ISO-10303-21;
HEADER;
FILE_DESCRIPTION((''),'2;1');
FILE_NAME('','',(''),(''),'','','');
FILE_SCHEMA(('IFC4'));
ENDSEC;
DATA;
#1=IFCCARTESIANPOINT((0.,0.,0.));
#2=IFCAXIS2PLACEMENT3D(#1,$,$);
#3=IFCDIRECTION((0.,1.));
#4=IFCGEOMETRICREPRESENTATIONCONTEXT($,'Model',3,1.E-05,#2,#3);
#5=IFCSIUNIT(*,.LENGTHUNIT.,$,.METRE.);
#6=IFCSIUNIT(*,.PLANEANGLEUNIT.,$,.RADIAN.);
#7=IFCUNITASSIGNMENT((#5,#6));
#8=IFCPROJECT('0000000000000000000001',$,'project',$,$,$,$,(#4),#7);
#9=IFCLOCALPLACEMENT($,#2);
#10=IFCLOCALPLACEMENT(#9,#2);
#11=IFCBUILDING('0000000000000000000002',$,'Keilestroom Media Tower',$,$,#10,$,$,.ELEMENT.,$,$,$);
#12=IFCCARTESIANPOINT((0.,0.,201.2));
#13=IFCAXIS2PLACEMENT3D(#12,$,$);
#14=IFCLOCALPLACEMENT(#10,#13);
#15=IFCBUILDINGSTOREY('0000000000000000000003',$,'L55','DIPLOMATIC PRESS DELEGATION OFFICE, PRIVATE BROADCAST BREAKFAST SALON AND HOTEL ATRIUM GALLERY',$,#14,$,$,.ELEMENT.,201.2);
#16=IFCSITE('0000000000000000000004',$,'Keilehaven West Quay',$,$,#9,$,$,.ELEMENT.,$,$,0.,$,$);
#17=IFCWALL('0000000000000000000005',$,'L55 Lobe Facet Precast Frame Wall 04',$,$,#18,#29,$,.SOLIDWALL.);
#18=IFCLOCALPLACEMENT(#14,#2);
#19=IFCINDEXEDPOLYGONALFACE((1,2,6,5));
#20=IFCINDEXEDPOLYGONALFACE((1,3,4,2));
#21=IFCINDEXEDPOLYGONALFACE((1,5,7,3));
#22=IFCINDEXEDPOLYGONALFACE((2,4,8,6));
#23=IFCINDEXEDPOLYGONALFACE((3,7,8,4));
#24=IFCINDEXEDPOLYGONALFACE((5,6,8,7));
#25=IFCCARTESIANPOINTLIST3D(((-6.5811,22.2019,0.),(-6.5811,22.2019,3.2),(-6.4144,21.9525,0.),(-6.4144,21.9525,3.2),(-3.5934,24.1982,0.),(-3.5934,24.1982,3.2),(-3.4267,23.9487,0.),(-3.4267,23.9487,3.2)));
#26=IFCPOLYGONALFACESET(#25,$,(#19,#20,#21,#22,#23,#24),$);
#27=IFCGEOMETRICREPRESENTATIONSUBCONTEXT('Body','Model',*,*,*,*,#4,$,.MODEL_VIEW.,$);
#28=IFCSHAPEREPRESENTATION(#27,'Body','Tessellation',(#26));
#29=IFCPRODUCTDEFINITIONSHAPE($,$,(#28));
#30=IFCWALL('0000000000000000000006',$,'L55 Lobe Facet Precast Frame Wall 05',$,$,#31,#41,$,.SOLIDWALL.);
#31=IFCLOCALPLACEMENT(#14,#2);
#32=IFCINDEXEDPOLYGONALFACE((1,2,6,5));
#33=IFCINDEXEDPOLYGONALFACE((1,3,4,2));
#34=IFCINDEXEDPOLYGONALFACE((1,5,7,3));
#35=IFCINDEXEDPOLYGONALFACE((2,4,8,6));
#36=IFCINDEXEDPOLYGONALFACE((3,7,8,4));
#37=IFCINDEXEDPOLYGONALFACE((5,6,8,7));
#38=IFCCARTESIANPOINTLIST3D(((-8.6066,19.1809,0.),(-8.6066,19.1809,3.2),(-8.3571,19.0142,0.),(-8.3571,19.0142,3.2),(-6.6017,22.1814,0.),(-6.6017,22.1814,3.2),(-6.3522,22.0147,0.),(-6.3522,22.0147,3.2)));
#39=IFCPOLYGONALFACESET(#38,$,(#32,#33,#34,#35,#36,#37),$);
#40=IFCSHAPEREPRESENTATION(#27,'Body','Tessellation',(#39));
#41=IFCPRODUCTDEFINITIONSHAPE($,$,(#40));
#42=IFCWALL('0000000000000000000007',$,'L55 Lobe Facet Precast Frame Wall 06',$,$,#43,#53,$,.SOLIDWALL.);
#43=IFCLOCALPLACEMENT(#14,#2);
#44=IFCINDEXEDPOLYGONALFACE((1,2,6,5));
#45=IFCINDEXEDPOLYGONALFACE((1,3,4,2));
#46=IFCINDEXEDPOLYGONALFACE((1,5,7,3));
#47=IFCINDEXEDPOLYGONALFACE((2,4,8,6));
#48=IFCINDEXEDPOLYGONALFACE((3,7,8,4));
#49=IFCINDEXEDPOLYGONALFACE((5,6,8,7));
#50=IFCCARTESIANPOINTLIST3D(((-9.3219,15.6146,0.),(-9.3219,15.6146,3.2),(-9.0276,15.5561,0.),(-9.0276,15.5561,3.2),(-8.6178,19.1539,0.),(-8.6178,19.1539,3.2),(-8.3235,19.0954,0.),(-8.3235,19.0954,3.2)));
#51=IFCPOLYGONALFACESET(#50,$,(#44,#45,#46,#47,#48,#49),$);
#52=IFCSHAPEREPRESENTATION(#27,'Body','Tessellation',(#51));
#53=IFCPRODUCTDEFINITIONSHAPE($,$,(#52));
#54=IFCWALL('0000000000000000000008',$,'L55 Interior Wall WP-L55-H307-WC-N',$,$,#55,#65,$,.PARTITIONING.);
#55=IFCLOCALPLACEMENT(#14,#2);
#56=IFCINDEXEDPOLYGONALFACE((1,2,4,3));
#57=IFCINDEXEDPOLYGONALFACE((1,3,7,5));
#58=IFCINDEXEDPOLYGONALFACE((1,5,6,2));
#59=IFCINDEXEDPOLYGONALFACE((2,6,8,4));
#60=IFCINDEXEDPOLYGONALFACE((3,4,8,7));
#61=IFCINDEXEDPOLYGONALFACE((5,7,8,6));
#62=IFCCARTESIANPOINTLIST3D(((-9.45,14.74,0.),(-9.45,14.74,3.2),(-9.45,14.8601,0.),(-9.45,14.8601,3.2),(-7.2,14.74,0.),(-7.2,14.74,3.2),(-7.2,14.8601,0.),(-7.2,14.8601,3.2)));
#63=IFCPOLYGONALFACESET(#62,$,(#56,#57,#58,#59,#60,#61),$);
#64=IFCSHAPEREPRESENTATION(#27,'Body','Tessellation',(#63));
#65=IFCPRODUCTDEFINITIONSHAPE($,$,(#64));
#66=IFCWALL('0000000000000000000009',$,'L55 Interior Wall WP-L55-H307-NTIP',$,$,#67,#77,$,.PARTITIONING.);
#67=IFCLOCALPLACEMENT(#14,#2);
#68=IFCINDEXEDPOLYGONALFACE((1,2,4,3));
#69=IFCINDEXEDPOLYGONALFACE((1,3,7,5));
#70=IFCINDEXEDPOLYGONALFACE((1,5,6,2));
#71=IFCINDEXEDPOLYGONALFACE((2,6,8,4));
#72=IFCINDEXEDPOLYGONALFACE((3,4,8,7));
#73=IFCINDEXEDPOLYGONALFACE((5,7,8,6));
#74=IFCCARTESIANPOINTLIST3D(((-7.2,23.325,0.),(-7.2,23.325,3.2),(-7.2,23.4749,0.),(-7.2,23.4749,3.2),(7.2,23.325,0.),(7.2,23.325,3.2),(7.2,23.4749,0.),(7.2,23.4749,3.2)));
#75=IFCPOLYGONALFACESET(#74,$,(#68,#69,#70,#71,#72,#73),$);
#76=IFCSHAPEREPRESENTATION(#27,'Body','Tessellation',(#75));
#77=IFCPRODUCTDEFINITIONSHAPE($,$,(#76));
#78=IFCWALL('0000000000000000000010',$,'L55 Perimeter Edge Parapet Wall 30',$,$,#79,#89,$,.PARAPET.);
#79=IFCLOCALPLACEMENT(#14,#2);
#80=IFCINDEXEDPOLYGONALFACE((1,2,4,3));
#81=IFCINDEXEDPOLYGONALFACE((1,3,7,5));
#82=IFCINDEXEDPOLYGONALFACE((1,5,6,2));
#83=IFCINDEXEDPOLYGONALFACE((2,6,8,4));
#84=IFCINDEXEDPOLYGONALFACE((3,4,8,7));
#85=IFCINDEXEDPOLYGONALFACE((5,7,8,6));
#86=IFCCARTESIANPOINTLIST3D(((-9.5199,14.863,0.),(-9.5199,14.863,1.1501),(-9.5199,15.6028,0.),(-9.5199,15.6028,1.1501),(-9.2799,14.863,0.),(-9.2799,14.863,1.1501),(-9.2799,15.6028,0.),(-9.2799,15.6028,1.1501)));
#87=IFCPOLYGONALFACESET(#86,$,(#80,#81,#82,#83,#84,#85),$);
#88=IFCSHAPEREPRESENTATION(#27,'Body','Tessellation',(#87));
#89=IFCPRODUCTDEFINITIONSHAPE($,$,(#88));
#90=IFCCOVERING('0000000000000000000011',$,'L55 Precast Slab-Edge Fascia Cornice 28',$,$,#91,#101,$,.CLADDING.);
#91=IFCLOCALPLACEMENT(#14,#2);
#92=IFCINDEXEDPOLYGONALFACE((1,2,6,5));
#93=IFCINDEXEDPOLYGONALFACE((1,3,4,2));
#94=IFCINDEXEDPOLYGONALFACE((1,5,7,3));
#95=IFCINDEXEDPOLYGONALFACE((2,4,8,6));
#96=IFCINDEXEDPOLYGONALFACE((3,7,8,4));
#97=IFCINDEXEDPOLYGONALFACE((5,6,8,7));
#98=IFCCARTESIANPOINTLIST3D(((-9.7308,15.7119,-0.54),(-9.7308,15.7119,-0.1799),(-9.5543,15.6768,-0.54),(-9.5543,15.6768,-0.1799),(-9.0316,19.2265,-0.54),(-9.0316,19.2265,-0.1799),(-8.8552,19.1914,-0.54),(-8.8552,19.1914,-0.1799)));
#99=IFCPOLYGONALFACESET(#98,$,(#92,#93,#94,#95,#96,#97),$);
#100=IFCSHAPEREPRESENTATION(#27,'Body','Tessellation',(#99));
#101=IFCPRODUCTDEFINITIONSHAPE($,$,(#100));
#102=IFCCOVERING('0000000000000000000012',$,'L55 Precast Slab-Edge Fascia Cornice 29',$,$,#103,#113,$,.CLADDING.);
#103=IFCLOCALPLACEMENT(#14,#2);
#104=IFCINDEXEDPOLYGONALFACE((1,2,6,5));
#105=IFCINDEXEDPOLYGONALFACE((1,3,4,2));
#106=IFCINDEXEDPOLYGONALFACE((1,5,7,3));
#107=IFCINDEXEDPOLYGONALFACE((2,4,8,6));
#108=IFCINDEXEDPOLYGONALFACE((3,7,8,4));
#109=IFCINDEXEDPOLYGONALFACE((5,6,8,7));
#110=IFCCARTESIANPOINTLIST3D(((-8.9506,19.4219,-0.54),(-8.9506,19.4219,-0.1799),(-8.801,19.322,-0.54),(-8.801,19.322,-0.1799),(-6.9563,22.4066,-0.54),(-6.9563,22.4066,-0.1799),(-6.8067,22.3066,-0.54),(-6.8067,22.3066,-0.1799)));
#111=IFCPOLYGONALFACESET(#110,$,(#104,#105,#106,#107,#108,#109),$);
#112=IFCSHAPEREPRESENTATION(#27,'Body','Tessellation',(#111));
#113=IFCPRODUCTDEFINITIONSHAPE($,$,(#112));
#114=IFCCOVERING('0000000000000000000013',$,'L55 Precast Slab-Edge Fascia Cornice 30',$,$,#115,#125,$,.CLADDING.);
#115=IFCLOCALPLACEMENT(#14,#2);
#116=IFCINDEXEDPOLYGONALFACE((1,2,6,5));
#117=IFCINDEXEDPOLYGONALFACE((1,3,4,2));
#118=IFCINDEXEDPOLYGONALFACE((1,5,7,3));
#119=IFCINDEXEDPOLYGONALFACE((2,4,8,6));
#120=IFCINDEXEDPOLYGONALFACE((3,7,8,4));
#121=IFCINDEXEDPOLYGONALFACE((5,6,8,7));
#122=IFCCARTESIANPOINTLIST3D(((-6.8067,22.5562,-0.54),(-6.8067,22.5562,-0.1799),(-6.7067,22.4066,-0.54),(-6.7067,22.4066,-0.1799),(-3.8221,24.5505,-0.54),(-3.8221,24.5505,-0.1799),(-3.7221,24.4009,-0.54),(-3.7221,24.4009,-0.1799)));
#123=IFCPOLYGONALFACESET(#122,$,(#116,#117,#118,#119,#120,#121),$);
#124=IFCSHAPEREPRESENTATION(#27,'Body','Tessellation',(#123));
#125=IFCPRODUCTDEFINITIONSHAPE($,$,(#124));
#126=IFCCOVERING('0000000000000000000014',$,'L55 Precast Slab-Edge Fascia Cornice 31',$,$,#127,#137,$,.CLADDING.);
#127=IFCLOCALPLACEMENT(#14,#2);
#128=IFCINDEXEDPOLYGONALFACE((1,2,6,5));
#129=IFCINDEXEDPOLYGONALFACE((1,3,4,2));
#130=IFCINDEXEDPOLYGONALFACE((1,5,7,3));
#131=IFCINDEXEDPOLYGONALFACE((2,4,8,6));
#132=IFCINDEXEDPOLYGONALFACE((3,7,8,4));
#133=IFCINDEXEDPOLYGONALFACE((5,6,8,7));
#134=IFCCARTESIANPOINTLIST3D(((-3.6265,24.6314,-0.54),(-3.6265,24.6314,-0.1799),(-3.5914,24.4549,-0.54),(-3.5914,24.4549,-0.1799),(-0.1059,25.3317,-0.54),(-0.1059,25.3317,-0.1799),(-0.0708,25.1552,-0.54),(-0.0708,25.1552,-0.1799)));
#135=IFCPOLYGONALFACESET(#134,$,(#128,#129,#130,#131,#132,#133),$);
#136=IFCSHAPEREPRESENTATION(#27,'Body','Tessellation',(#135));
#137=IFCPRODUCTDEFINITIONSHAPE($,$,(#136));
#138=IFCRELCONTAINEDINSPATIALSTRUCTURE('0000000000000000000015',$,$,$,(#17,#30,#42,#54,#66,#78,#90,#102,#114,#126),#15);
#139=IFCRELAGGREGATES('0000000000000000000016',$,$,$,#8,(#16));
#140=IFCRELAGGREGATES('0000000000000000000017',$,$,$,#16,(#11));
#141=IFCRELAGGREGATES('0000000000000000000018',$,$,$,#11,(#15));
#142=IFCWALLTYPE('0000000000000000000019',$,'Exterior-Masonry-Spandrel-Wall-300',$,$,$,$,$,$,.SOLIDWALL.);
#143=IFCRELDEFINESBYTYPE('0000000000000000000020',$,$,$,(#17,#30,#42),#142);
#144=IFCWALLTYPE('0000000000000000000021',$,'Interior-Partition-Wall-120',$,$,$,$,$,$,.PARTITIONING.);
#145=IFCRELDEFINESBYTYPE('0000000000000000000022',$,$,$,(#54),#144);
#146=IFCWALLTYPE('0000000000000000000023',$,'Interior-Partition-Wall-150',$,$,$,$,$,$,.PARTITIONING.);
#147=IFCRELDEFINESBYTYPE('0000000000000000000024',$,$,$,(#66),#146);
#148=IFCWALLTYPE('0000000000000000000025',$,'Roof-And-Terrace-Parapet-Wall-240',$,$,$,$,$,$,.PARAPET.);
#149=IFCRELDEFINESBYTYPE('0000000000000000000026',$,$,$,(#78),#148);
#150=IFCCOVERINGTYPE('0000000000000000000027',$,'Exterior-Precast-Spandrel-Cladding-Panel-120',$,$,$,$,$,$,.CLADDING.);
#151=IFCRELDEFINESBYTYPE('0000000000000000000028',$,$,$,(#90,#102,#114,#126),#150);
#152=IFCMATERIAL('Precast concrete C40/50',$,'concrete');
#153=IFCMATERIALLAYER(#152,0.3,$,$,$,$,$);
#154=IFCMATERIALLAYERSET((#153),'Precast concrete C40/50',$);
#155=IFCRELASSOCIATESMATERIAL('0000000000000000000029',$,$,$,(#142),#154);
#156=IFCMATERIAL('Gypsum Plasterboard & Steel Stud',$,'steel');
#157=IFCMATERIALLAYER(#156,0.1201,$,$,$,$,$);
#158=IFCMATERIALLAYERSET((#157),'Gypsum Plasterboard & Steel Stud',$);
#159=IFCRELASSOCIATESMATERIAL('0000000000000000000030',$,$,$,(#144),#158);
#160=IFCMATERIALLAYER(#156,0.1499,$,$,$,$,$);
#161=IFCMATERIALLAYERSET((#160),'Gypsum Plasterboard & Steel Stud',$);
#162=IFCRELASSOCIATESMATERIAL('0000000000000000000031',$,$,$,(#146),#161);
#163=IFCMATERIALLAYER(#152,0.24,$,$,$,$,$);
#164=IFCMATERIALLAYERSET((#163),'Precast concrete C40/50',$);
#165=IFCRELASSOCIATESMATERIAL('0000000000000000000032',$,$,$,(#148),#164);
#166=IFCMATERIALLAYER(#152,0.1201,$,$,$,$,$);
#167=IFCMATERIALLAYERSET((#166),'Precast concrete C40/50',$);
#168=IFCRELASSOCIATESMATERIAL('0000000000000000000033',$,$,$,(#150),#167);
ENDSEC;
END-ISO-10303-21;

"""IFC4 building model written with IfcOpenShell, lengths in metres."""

from ifc_helpers import new_model, si_unit, direction, frame, frame_2d, origin, origin_2d, place, context, subcontext, project, spatial, rectangle, extrude, source, transform, mapped, material, layer, layer_set, type_object, element, save


model = new_model("IFC4")

# Units and contexts
model_context = context("Model", 3, precision=1e-05, world=origin(), true_north=direction((0.0, 1.0)))
body_context = subcontext(model_context, "Body", "Model", "MODEL_VIEW")
ifc_project = project(units=[si_unit("LENGTHUNIT", "METRE"), si_unit("PLANEANGLEUNIT", "RADIAN")], contexts=[model_context])

# Site, building, storey
site_placement = place(None, origin())
site = spatial("IfcSite", under=ifc_project, at=site_placement, Name="Keilehaven West Quay", CompositionType="ELEMENT", RefElevation=0.0)
building_placement = place(site_placement, origin())
building = spatial("IfcBuilding", under=site, at=building_placement, Name="Keilestroom Media Tower", CompositionType="ELEMENT")
storey_placement = place(building_placement, frame((0.0, 0.0, 201.2)))
storey = spatial("IfcBuildingStorey", under=building, at=storey_placement, Name="L55", Description="DIPLOMATIC PRESS DELEGATION OFFICE, PRIVATE BROADCAST BREAKFAST SALON AND HOTEL ATRIUM GALLERY", CompositionType="ELEMENT", Elevation=201.2)

# Walls
ifc_material_1 = material(Name="Precast concrete C40/50", Category="concrete")
ifc_layer_1 = layer(ifc_material_1, 0.3)
ifc_layer_set_1 = layer_set([ifc_layer_1], Name="Precast concrete C40/50")
wall_type_1 = type_object("IfcWallType", Name="Exterior-Masonry-Spandrel-Wall-300", PredefinedType="SOLIDWALL", material=ifc_layer_set_1)
wall_1_placement = place(storey_placement, frame((-3.51, 24.0735, 0.0), z_axis=(0.0, 0.0, 1.0), x_axis=(-0.831475, -0.555562, 0.0)))
element("IfcWall", 1, at=wall_1_placement, inside=storey, type_object=wall_type_1, Name="L55 Lobe Facet Precast Frame Wall 04", PredefinedType="SOLIDWALL", context=body_context, shape_type="SweptSolid", body=[
    extrude(rectangle(XDim=3.5933, YDim=0.3, at=frame_2d((1.7966, 0.0))), origin(), (0.0, 0.0, 1.0), 3.2),
])
for number, where, z_axis, x_axis, name in (
    (2, (-6.4771, 22.0979, 0.0), (0.0, 0.0, 1.0), (-0.555574, -0.831467, 0.0), "L55 Lobe Facet Precast Frame Wall 05"),
    (3, (-8.4707, 19.1245, 0.0), (0.0, 0.0, 1.0), (-0.195114, -0.980781, 0.0), "L55 Lobe Facet Precast Frame Wall 06"),
):
    element("IfcWall", number, at=place(storey_placement, frame(where, z_axis=z_axis, x_axis=x_axis)), inside=storey, type_object=wall_type_1, Name=name, PredefinedType="SOLIDWALL", context=body_context, shape_type="SweptSolid", body=[
        extrude(rectangle(XDim=3.6086, YDim=0.3, at=frame_2d((1.8042, 0.0))), origin(), (0.0, 0.0, 1.0), 3.2),
    ])
ifc_material_2 = material(Name="Gypsum Plasterboard & Steel Stud", Category="steel")
ifc_layer_2 = layer(ifc_material_2, 0.1201)
ifc_layer_set_2 = layer_set([ifc_layer_2], Name="Gypsum Plasterboard & Steel Stud")
wall_type_2 = type_object("IfcWallType", Name="Interior-Partition-Wall-120", PredefinedType="PARTITIONING", material=ifc_layer_set_2)
wall_2_placement = place(storey_placement, frame((-9.45, 14.8, 0.0), z_axis=(0.0, 0.0, 1.0), x_axis=(1.0, 0.0, 0.0)))
element("IfcWall", 4, at=wall_2_placement, inside=storey, type_object=wall_type_2, Name="L55 Interior Wall WP-L55-H307-WC-N", PredefinedType="PARTITIONING", context=body_context, shape_type="SweptSolid", body=[
    extrude(rectangle(XDim=2.25, YDim=0.1201, at=frame_2d((1.125, 0.0))), origin(), (0.0, 0.0, 1.0), 3.2),
])
ifc_layer_3 = layer(ifc_material_2, 0.1499)
ifc_layer_set_3 = layer_set([ifc_layer_3], Name="Gypsum Plasterboard & Steel Stud")
wall_type_3 = type_object("IfcWallType", Name="Interior-Partition-Wall-150", PredefinedType="PARTITIONING", material=ifc_layer_set_3)
wall_3_placement = place(storey_placement, frame((-7.2, 23.3999, 0.0), z_axis=(0.0, 0.0, 1.0), x_axis=(1.0, 0.0, 0.0)))
element("IfcWall", 5, at=wall_3_placement, inside=storey, type_object=wall_type_3, Name="L55 Interior Wall WP-L55-H307-NTIP", PredefinedType="PARTITIONING", context=body_context, shape_type="SweptSolid", body=[
    extrude(rectangle(XDim=14.3999, YDim=0.1499, at=frame_2d((7.2, 0.0))), origin(), (0.0, 0.0, 1.0), 3.2),
])
ifc_layer_4 = layer(ifc_material_1, 0.24)
ifc_layer_set_4 = layer_set([ifc_layer_4], Name="Precast concrete C40/50")
wall_type_4 = type_object("IfcWallType", Name="Roof-And-Terrace-Parapet-Wall-240", PredefinedType="PARAPET", material=ifc_layer_set_4)
wall_4_placement = place(storey_placement, frame((-9.3999, 14.863, 0.0), z_axis=(0.0, 0.0, 1.0), x_axis=(0.0, 1.0, 0.0)))
element("IfcWall", 6, at=wall_4_placement, inside=storey, type_object=wall_type_4, Name="L55 Perimeter Edge Parapet Wall 30", PredefinedType="PARAPET", context=body_context, shape_type="SweptSolid", body=[
    extrude(rectangle(XDim=0.7397, YDim=0.24, at=frame_2d((0.3699, 0.0))), origin(), (0.0, 0.0, 1.0), 1.1501),
])

# Coverings
ifc_layer_5 = layer(ifc_material_1, 0.1201)
ifc_layer_set_5 = layer_set([ifc_layer_5], Name="Precast concrete C40/50")
covering_type = type_object("IfcCoveringType", Name="Exterior-Precast-Spandrel-Cladding-Panel-120", PredefinedType="CLADDING", material=ifc_layer_set_5)
shared_shape_1 = source(origin(), body_context, "Body", "SweptSolid", [
    extrude(rectangle(XDim=3.5835, YDim=0.1799, at=origin_2d()), origin(), (0.0, 0.0, 1.0), 0.3601),
])
covering_placement = place(storey_placement, frame((-9.293, 17.4517, -0.54), z_axis=(0.0, 0.0, 1.0), x_axis=(0.195099, 0.980784, 0.0)))
element("IfcCovering", 7, at=covering_placement, inside=storey, type_object=covering_type, Name="L55 Precast Slab-Edge Fascia Cornice 28", PredefinedType="CLADDING", context=body_context, shape_type="MappedRepresentation", body=[
    mapped(shared_shape_1, transform((0.0, 0.0, 0.0), x_axis=(1.0, 0.0, 0.0), y_axis=(0.0, 1.0, 0.0), z_axis=(0.0, 0.0, 1.0), scale=1.0)),
])
shared_shape_2 = source(origin(), body_context, "Body", "SweptSolid", [
    extrude(rectangle(XDim=3.5896, YDim=0.1799, at=origin_2d()), origin(), (0.0, 0.0, 1.0), 0.3601),
])
for number, where, z_axis, x_axis, name in (
    (8, (-7.8787, 20.8643, -0.54), (0.0, 0.0, 1.0), (0.555575, 0.831467, 0.0), "L55 Precast Slab-Edge Fascia Cornice 29"),
    (9, (-5.2644, 23.4785, -0.54), (0.0, 0.0, 1.0), (0.831467, 0.555575, 0.0), "L55 Precast Slab-Edge Fascia Cornice 30"),
    (10, (-1.8486, 24.8933, -0.54), (0.0, 0.0, 1.0), (0.980784, 0.195099, 0.0), "L55 Precast Slab-Edge Fascia Cornice 31"),
):
    element("IfcCovering", number, at=place(storey_placement, frame(where, z_axis=z_axis, x_axis=x_axis)), inside=storey, type_object=covering_type, Name=name, PredefinedType="CLADDING", context=body_context, shape_type="MappedRepresentation", body=[
        mapped(shared_shape_2, transform((0.0, 0.0, 0.0), x_axis=(1.0, 0.0, 0.0), y_axis=(0.0, 1.0, 0.0), z_axis=(0.0, 0.0, 1.0), scale=1.0)),
    ])

save(model, "model.ifc")
